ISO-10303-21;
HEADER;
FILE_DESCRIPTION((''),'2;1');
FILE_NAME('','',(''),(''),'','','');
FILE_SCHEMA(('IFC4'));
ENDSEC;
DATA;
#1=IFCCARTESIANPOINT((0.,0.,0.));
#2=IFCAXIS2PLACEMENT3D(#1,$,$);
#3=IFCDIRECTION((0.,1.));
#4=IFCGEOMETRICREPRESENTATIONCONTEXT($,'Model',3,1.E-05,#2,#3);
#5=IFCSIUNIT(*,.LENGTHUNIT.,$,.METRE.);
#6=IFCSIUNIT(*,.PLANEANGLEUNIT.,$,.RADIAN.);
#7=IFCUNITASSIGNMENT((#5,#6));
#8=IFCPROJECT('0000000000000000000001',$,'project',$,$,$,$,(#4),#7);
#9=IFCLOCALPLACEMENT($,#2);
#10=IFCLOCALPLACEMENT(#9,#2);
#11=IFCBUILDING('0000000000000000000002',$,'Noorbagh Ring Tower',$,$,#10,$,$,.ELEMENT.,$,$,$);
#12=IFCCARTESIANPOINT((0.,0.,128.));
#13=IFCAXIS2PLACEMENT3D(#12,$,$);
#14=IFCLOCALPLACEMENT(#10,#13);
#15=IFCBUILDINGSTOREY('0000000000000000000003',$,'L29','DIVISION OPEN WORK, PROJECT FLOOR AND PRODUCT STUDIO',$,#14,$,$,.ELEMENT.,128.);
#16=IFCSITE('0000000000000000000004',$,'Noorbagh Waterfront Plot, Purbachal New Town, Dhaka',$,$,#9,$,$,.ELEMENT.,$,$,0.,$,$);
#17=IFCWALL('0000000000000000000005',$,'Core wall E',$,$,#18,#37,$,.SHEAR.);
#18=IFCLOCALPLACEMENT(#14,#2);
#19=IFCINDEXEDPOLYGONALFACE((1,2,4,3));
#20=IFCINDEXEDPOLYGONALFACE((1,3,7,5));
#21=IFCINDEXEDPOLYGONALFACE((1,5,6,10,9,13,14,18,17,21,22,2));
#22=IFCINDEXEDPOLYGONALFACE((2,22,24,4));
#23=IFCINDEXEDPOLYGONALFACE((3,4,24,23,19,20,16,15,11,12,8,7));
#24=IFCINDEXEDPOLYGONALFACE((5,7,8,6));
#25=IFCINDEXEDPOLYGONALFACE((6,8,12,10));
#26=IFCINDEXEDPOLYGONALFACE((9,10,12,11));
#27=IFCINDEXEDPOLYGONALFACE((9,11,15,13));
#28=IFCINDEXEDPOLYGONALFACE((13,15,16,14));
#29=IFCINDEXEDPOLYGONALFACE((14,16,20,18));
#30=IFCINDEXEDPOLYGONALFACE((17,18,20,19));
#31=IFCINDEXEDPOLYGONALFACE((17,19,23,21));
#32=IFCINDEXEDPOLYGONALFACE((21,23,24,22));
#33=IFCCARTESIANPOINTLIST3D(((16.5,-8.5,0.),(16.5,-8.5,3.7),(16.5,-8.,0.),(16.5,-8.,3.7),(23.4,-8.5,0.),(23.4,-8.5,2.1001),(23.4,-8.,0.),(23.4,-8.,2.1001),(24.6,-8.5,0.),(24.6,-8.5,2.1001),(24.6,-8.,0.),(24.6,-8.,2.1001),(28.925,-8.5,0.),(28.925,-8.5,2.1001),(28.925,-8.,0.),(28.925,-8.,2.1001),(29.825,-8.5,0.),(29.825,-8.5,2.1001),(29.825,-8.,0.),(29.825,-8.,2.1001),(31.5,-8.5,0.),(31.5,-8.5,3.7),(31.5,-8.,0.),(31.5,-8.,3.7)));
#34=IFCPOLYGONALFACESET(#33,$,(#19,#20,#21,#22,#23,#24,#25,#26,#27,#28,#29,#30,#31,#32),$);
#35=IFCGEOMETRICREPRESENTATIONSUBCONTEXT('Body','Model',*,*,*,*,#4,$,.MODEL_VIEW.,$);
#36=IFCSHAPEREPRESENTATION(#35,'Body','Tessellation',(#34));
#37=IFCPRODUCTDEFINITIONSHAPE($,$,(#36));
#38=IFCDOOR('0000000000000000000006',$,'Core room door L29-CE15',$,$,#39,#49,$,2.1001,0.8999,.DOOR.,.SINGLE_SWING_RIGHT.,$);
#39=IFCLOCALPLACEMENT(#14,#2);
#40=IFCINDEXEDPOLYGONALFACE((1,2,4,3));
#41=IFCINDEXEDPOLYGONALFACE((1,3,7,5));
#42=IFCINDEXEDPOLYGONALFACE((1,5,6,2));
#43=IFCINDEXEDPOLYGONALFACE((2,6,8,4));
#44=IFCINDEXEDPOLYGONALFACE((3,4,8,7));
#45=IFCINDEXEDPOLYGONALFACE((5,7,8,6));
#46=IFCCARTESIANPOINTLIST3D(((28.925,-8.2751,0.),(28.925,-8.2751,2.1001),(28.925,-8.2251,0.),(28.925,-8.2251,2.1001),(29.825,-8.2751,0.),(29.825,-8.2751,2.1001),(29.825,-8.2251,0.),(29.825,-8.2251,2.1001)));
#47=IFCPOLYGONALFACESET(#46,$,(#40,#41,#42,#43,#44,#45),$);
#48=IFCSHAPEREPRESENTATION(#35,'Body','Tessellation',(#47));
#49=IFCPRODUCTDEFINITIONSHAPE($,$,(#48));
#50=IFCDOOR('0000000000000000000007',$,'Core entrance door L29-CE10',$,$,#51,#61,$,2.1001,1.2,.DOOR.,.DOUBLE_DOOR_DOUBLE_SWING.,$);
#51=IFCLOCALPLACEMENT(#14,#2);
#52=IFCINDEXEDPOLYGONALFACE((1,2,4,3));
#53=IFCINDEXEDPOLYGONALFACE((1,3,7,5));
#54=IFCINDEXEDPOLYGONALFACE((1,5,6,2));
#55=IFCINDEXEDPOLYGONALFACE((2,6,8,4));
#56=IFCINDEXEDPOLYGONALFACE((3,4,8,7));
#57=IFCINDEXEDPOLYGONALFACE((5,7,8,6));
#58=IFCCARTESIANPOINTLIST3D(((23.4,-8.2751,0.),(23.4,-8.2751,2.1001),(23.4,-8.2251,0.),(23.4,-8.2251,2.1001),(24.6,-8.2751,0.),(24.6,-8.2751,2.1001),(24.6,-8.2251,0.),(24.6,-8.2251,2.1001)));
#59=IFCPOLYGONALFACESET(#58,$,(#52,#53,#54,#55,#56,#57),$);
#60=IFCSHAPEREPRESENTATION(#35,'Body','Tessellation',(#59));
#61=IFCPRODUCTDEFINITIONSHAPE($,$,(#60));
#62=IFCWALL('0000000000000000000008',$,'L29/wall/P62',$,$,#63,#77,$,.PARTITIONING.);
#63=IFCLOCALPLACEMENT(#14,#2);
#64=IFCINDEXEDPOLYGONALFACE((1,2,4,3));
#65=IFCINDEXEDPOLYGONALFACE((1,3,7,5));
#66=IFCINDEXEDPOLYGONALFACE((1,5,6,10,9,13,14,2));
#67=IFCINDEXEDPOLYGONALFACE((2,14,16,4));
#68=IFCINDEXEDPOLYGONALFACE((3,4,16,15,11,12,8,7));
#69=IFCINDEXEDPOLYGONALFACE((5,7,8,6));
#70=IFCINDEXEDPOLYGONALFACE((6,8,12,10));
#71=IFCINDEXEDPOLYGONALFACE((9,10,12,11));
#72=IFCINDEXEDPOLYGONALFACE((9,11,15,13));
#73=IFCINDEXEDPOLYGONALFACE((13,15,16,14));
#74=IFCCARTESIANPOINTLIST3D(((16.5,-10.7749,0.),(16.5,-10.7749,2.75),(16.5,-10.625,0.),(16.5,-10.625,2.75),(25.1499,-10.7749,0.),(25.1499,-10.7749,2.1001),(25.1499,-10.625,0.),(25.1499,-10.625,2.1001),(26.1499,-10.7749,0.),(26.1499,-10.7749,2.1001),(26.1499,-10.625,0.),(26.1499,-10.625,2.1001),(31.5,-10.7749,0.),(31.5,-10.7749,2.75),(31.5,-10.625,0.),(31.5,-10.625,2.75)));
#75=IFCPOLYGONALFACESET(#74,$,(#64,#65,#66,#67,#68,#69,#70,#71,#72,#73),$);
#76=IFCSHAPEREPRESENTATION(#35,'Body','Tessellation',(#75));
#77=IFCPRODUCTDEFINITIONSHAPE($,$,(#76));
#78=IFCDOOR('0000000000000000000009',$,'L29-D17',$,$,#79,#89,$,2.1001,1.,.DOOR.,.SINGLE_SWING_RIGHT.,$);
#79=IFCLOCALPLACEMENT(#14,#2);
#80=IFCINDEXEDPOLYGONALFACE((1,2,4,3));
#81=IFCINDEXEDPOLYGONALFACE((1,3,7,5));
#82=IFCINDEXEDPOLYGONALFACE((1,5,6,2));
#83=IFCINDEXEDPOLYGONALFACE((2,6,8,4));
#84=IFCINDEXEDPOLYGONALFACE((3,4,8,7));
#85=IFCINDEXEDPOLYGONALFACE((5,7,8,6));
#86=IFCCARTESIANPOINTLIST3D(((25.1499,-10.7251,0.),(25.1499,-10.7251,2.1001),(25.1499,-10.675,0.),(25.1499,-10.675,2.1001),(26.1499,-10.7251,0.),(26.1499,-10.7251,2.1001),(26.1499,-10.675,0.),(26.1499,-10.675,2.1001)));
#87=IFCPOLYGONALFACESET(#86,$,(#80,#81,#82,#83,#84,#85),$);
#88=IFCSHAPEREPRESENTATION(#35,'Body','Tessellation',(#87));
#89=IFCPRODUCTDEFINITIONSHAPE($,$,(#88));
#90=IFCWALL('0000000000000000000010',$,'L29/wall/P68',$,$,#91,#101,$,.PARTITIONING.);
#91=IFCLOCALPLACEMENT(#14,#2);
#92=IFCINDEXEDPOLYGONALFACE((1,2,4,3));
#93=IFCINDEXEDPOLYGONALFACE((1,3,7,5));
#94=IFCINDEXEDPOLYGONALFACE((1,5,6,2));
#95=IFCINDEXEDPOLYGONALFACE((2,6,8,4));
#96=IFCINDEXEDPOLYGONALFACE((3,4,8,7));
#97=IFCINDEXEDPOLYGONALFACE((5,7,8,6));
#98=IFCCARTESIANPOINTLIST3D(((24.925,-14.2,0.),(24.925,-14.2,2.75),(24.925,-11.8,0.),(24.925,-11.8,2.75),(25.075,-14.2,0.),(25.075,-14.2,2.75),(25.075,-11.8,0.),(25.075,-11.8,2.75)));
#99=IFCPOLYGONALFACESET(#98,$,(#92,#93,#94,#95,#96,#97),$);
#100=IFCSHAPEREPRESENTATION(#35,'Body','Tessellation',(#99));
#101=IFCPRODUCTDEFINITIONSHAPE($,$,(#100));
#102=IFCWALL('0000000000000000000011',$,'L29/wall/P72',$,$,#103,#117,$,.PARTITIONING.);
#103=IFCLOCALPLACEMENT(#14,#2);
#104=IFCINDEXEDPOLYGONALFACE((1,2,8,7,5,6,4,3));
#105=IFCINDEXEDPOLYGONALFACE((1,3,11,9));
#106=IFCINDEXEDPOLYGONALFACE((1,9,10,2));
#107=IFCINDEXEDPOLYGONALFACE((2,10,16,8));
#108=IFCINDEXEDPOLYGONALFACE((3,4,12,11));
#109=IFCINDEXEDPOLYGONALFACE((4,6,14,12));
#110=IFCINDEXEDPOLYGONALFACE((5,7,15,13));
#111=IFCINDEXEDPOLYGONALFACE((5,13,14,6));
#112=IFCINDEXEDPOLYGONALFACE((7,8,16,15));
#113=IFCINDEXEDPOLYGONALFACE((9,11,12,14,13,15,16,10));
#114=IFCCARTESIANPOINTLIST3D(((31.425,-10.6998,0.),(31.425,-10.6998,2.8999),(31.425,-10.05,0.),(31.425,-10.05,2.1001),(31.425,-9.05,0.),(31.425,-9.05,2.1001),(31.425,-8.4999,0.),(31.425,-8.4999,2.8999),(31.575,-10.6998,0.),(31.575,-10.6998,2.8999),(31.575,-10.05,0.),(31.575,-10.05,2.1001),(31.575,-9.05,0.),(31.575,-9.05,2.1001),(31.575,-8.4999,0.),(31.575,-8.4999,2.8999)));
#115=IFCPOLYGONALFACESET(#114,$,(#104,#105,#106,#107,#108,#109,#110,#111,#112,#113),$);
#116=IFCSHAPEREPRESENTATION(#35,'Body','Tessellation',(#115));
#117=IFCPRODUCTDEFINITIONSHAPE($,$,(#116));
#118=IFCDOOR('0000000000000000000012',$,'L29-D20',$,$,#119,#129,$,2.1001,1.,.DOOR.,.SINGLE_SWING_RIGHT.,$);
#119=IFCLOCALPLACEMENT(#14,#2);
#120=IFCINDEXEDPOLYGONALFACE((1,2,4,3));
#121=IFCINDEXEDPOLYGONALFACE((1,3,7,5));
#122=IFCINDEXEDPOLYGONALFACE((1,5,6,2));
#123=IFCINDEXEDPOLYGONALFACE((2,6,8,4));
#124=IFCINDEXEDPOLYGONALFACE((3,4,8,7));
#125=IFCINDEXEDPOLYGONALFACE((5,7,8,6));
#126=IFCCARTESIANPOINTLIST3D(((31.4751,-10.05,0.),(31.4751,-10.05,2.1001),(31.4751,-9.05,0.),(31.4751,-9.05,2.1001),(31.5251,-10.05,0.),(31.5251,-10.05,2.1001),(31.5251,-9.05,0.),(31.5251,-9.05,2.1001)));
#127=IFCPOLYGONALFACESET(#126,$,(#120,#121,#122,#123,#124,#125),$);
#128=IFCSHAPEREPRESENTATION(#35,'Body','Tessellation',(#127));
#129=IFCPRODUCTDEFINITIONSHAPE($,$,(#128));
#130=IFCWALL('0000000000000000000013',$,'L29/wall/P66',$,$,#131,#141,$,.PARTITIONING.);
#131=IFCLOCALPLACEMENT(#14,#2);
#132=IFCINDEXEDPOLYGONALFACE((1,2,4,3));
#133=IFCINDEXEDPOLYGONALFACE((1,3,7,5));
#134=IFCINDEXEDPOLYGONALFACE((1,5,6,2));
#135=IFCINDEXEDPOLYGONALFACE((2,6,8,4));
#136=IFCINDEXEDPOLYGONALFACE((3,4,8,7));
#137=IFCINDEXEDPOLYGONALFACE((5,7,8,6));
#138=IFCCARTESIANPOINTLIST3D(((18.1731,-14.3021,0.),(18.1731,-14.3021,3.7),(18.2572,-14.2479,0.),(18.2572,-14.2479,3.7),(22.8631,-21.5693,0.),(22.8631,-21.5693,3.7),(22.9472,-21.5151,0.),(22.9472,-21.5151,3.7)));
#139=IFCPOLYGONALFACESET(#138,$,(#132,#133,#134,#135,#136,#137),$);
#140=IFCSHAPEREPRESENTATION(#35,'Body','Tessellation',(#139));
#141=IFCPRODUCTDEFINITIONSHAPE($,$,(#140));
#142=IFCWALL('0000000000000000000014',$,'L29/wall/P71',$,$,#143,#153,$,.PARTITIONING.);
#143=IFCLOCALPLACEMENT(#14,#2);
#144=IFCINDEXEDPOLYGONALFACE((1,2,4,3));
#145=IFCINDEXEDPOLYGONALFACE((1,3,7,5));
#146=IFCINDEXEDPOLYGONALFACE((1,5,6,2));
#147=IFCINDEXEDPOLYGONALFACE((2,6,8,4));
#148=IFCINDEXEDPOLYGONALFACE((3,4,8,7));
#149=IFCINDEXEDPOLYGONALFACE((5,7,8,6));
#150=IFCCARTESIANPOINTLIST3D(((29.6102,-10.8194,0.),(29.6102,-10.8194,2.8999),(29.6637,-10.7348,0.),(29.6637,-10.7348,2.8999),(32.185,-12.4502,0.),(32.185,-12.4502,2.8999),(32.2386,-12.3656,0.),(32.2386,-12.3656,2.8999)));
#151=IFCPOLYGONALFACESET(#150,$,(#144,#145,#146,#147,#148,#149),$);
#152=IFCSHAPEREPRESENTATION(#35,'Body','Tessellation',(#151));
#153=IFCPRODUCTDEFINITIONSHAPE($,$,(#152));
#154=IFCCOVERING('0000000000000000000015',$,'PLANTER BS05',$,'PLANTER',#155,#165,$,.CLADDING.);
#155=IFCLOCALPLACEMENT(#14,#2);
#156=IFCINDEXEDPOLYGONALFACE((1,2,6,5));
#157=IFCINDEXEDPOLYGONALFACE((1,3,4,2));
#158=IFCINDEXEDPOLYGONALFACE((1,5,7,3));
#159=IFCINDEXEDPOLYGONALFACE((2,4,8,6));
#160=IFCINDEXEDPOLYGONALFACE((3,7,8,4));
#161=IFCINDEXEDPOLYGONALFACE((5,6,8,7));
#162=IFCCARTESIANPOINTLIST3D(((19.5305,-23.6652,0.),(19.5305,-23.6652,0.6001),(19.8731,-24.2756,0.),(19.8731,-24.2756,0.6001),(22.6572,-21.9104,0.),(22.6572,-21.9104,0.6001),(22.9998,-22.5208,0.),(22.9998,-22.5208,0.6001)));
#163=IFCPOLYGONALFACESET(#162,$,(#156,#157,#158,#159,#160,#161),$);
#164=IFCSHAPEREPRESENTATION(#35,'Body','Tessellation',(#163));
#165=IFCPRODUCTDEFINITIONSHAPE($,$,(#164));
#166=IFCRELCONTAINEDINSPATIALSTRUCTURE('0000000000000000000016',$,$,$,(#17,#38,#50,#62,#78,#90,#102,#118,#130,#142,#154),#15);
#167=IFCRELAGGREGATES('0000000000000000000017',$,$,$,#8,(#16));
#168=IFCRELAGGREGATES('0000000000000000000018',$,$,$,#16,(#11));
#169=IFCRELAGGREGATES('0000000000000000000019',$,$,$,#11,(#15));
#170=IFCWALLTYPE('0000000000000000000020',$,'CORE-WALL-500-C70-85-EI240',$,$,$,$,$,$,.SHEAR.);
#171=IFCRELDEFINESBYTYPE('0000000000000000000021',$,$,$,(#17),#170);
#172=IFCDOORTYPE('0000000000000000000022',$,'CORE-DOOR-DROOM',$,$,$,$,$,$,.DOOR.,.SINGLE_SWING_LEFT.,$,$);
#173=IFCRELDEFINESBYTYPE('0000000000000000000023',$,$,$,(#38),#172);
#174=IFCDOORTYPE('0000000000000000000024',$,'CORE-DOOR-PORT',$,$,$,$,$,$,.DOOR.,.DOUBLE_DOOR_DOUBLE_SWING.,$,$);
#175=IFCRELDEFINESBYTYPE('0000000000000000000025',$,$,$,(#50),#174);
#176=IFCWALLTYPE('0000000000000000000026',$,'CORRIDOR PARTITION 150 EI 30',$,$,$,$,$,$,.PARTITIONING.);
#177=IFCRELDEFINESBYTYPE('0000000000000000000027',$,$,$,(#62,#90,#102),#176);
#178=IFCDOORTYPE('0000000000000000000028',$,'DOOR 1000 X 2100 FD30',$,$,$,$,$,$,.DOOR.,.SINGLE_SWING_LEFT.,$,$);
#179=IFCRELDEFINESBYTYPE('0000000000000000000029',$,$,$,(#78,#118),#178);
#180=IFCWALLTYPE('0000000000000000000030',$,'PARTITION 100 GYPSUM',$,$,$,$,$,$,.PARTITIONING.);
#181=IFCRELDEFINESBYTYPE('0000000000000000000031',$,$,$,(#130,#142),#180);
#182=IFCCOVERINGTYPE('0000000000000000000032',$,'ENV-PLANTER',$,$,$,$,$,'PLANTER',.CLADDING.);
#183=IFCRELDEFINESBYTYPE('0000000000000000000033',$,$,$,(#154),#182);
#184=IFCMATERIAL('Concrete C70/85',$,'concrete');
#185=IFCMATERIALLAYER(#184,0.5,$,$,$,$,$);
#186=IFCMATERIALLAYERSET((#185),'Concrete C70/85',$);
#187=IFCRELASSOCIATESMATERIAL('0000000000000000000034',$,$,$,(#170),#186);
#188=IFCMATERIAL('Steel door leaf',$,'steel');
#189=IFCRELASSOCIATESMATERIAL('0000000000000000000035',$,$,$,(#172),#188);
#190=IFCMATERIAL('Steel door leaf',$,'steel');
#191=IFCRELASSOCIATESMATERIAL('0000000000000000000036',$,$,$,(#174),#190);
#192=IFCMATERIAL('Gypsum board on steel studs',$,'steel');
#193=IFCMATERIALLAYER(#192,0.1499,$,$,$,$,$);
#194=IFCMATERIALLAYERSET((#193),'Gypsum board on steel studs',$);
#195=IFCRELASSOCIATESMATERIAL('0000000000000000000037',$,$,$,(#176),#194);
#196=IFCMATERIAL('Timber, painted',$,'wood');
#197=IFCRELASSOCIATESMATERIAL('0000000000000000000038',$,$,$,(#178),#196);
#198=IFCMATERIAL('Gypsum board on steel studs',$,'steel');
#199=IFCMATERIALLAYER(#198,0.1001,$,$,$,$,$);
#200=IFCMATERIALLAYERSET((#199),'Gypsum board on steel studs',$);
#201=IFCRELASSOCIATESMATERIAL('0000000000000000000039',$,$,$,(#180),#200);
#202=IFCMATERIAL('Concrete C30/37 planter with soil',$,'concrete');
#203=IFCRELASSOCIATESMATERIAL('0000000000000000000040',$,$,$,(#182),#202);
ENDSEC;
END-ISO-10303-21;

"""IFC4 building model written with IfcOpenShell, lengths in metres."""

from ifc_helpers import new_model, si_unit, direction, frame, frame_2d, origin, origin_2d, place, context, subcontext, project, spatial, rectangle, extrude, material, layer, layer_set, type_object, element, fill, save


model = new_model("IFC4")

# Units and contexts
model_context = context("Model", 3, precision=1e-05, world=origin(), true_north=direction((0.0, 1.0)))
body_context = subcontext(model_context, "Body", "Model", "MODEL_VIEW")
ifc_project = project(units=[si_unit("LENGTHUNIT", "METRE"), si_unit("PLANEANGLEUNIT", "RADIAN")], contexts=[model_context])

# Site, building, storey
site_placement = place(None, origin())
site = spatial("IfcSite", under=ifc_project, at=site_placement, Name="Noorbagh Waterfront Plot, Purbachal New Town, Dhaka", CompositionType="ELEMENT", RefElevation=0.0)
building_placement = place(site_placement, origin())
building = spatial("IfcBuilding", under=site, at=building_placement, Name="Noorbagh Ring Tower", CompositionType="ELEMENT")
storey_placement = place(building_placement, frame((0.0, 0.0, 128.0)))
storey = spatial("IfcBuildingStorey", under=building, at=storey_placement, Name="L29", Description="DIVISION OPEN WORK, PROJECT FLOOR AND PRODUCT STUDIO", CompositionType="ELEMENT", Elevation=128.0)

# Wall, openings, doors
ifc_material_1 = material(Name="Concrete C70/85", Category="concrete")
ifc_layer_1 = layer(ifc_material_1, 0.5)
ifc_layer_set_1 = layer_set([ifc_layer_1], Name="Concrete C70/85")
wall_type_1 = type_object("IfcWallType", Name="CORE-WALL-500-C70-85-EI240", PredefinedType="SHEAR", material=ifc_layer_set_1)
wall_1_placement = place(storey_placement, frame((16.5, -8.25, 0.0), z_axis=(0.0, 0.0, 1.0), x_axis=(1.0, 0.0, 0.0)))
wall_1 = element("IfcWall", 1, at=wall_1_placement, inside=storey, type_object=wall_type_1, Name="Core wall E", PredefinedType="SHEAR", context=body_context, shape_type="SweptSolid", body=[
    extrude(rectangle(XDim=15.0, YDim=0.5, at=frame_2d((7.5, 0.0))), origin(), (0.0, 0.0, 1.0), 3.7),
])
opening_1_placement = place(wall_1_placement, frame((6.8999, 0.0, 0.0)))
opening_1 = element("IfcOpeningElement", 2, at=opening_1_placement, cuts=wall_1, PredefinedType="OPENING", context=body_context, shape_type="SweptSolid", body=[
    extrude(rectangle(XDim=1.2, YDim=2.1001, at=frame_2d((0.6001, 1.05))), frame((0.0, 0.26, 0.0), z_axis=(0.0, -1.0, 0.0), x_axis=(1.0, 0.0, 0.0)), (0.0, 0.0, 1.0), 0.52),
])
opening_2_placement = place(wall_1_placement, frame((12.425, 0.0, 0.0)))
opening_2 = element("IfcOpeningElement", 3, at=opening_2_placement, cuts=wall_1, PredefinedType="OPENING", context=body_context, shape_type="SweptSolid", body=[
    extrude(rectangle(XDim=0.8999, YDim=2.1001, at=frame_2d((0.45, 1.05))), frame((0.0, 0.26, 0.0), z_axis=(0.0, -1.0, 0.0), x_axis=(1.0, 0.0, 0.0)), (0.0, 0.0, 1.0), 0.52),
])
ifc_material_2 = material(Name="Steel door leaf", Category="steel")
door_type_1 = type_object("IfcDoorType", Name="CORE-DOOR-DROOM", OperationType="SINGLE_SWING_LEFT", PredefinedType="DOOR", material=ifc_material_2)
door_1_placement = place(opening_2_placement, origin())
door_1 = element("IfcDoor", 4, at=door_1_placement, inside=storey, type_object=door_type_1, Name="Core room door L29-CE15", OperationType="SINGLE_SWING_RIGHT", OverallHeight=2.1001, OverallWidth=0.8999, PredefinedType="DOOR", context=body_context, shape_type="SweptSolid", body=[
    extrude(rectangle(XDim=0.8999, YDim=2.1001, at=frame_2d((0.45, 1.05))), frame((0.0, 0.0249, 0.0), z_axis=(0.0, -1.0, 0.0), x_axis=(1.0, 0.0, 0.0)), (0.0, 0.0, 1.0), 0.05),
])
fill(opening_2, door_1)
ifc_material_3 = material(Name="Steel door leaf", Category="steel")
door_type_2 = type_object("IfcDoorType", Name="CORE-DOOR-PORT", OperationType="DOUBLE_DOOR_DOUBLE_SWING", PredefinedType="DOOR", material=ifc_material_3)
door_2_placement = place(opening_1_placement, origin())
door_2 = element("IfcDoor", 5, at=door_2_placement, inside=storey, type_object=door_type_2, Name="Core entrance door L29-CE10", OperationType="DOUBLE_DOOR_DOUBLE_SWING", OverallHeight=2.1001, OverallWidth=1.2, PredefinedType="DOOR", context=body_context, shape_type="SweptSolid", body=[
    extrude(rectangle(XDim=1.2, YDim=2.1001, at=frame_2d((0.6001, 1.05))), frame((0.0, 0.0249, 0.0), z_axis=(0.0, -1.0, 0.0), x_axis=(1.0, 0.0, 0.0)), (0.0, 0.0, 1.0), 0.05),
])
fill(opening_1, door_2)

# Wall, opening, door
ifc_material_4 = material(Name="Gypsum board on steel studs", Category="steel")
ifc_layer_2 = layer(ifc_material_4, 0.1499)
ifc_layer_set_2 = layer_set([ifc_layer_2], Name="Gypsum board on steel studs")
wall_type_2 = type_object("IfcWallType", Name="CORRIDOR PARTITION 150 EI 30", PredefinedType="PARTITIONING", material=ifc_layer_set_2)
wall_2_placement = place(storey_placement, frame((16.5, -10.7, 0.0), z_axis=(0.0, 0.0, 1.0), x_axis=(1.0, 0.0, 0.0)))
wall_2 = element("IfcWall", 6, at=wall_2_placement, inside=storey, type_object=wall_type_2, Name="L29/wall/P62", PredefinedType="PARTITIONING", context=body_context, shape_type="SweptSolid", body=[
    extrude(rectangle(XDim=15.0, YDim=0.1499, at=frame_2d((7.5, 0.0))), origin(), (0.0, 0.0, 1.0), 2.75),
])
opening_3_placement = place(wall_2_placement, frame((8.6499, 0.0, 0.0)))
opening_3 = element("IfcOpeningElement", 7, at=opening_3_placement, cuts=wall_2, PredefinedType="OPENING", context=body_context, shape_type="SweptSolid", body=[
    extrude(rectangle(XDim=1.0, YDim=2.1001, at=frame_2d((0.5, 1.05))), frame((0.0, 0.085, 0.0), z_axis=(0.0, -1.0, 0.0), x_axis=(1.0, 0.0, 0.0)), (0.0, 0.0, 1.0), 0.1699),
])
ifc_material_5 = material(Name="Timber, painted", Category="wood")
door_type_3 = type_object("IfcDoorType", Name="DOOR 1000 X 2100 FD30", OperationType="SINGLE_SWING_LEFT", PredefinedType="DOOR", material=ifc_material_5)
door_3_placement = place(opening_3_placement, origin())
door_3 = element("IfcDoor", 8, at=door_3_placement, inside=storey, type_object=door_type_3, Name="L29-D17", OperationType="SINGLE_SWING_RIGHT", OverallHeight=2.1001, OverallWidth=1.0, PredefinedType="DOOR", context=body_context, shape_type="SweptSolid", body=[
    extrude(rectangle(XDim=1.0, YDim=2.1001, at=frame_2d((0.5, 1.05))), frame((0.0, 0.0249, 0.0), z_axis=(0.0, -1.0, 0.0), x_axis=(1.0, 0.0, 0.0)), (0.0, 0.0, 1.0), 0.05),
])
fill(opening_3, door_3)

# Wall
wall_3_placement = place(storey_placement, frame((25.0, -14.2, 0.0), z_axis=(0.0, 0.0, 1.0), x_axis=(0.0, 1.0, 0.0)))
element("IfcWall", 9, at=wall_3_placement, inside=storey, type_object=wall_type_2, Name="L29/wall/P68", PredefinedType="PARTITIONING", context=body_context, shape_type="SweptSolid", body=[
    extrude(rectangle(XDim=2.3999, YDim=0.1499, at=frame_2d((1.2, 0.0))), origin(), (0.0, 0.0, 1.0), 2.75),
])

# Wall, opening, door
wall_4_placement = place(storey_placement, frame((31.5, -10.7, 0.0), z_axis=(0.0, 0.0, 1.0), x_axis=(0.0, 1.0, 0.0)))
wall_4 = element("IfcWall", 10, at=wall_4_placement, inside=storey, type_object=wall_type_2, Name="L29/wall/P72", PredefinedType="PARTITIONING", context=body_context, shape_type="SweptSolid", body=[
    extrude(rectangle(XDim=2.2, YDim=0.1499, at=frame_2d((1.1001, 0.0))), origin(), (0.0, 0.0, 1.0), 2.8999),
])
opening_4_placement = place(wall_4_placement, frame((0.6499, 0.0, 0.0)))
opening_4 = element("IfcOpeningElement", 11, at=opening_4_placement, cuts=wall_4, PredefinedType="OPENING", context=body_context, shape_type="SweptSolid", body=[
    extrude(rectangle(XDim=1.0, YDim=2.1001, at=frame_2d((0.5, 1.05))), frame((0.0, 0.085, 0.0), z_axis=(0.0, -1.0, 0.0), x_axis=(1.0, 0.0, 0.0)), (0.0, 0.0, 1.0), 0.1699),
])
door_4_placement = place(opening_4_placement, origin())
door_4 = element("IfcDoor", 12, at=door_4_placement, inside=storey, type_object=door_type_3, Name="L29-D20", OperationType="SINGLE_SWING_RIGHT", OverallHeight=2.1001, OverallWidth=1.0, PredefinedType="DOOR", context=body_context, shape_type="SweptSolid", body=[
    extrude(rectangle(XDim=1.0, YDim=2.1001, at=frame_2d((0.5, 1.05))), frame((0.0, 0.0249, 0.0), z_axis=(0.0, -1.0, 0.0), x_axis=(1.0, 0.0, 0.0)), (0.0, 0.0, 1.0), 0.05),
])
fill(opening_4, door_4)

# Walls
ifc_material_6 = material(Name="Gypsum board on steel studs", Category="steel")
ifc_layer_3 = layer(ifc_material_6, 0.1001)
ifc_layer_set_3 = layer_set([ifc_layer_3], Name="Gypsum board on steel studs")
wall_type_3 = type_object("IfcWallType", Name="PARTITION 100 GYPSUM", PredefinedType="PARTITIONING", material=ifc_layer_set_3)
wall_5_placement = place(storey_placement, frame((18.2151, -14.2749, 0.0), z_axis=(0.0, 0.0, 1.0), x_axis=(0.542249, -0.840218, 0.0)))
element("IfcWall", 13, at=wall_5_placement, inside=storey, type_object=wall_type_3, Name="L29/wall/P66", PredefinedType="PARTITIONING", context=body_context, shape_type="SweptSolid", body=[
    extrude(rectangle(XDim=8.6492, YDim=0.1001, at=frame_2d((4.3247, 0.0))), origin(), (0.0, 0.0, 1.0), 3.7),
])
wall_6_placement = place(storey_placement, frame((29.637, -10.7771, 0.0), z_axis=(0.0, 0.0, 1.0), x_axis=(0.844811, -0.535065, 0.0)))
element("IfcWall", 14, at=wall_6_placement, inside=storey, type_object=wall_type_3, Name="L29/wall/P71", PredefinedType="PARTITIONING", context=body_context, shape_type="SweptSolid", body=[
    extrude(rectangle(XDim=3.0479, YDim=0.1001, at=frame_2d((1.5239, 0.0))), origin(), (0.0, 0.0, 1.0), 2.8999),
])

# Covering
ifc_material_7 = material(Name="Concrete C30/37 planter with soil", Category="concrete")
covering_type = type_object("IfcCoveringType", Name="ENV-PLANTER", ElementType="PLANTER", PredefinedType="CLADDING", material=ifc_material_7)
covering_placement = place(storey_placement, frame((21.2651, -23.093, 0.0), z_axis=(0.0, 0.0, 1.0), x_axis=(0.872045, 0.489426, 0.0)))
element("IfcCovering", 15, at=covering_placement, inside=storey, type_object=covering_type, Name="PLANTER BS05", ObjectType="PLANTER", PredefinedType="CLADDING", context=body_context, shape_type="SweptSolid", body=[
    extrude(rectangle(XDim=3.5854, YDim=0.7, at=origin_2d()), origin(), (0.0, 0.0, 1.0), 0.6001),
])

save(model, "model.ifc")
